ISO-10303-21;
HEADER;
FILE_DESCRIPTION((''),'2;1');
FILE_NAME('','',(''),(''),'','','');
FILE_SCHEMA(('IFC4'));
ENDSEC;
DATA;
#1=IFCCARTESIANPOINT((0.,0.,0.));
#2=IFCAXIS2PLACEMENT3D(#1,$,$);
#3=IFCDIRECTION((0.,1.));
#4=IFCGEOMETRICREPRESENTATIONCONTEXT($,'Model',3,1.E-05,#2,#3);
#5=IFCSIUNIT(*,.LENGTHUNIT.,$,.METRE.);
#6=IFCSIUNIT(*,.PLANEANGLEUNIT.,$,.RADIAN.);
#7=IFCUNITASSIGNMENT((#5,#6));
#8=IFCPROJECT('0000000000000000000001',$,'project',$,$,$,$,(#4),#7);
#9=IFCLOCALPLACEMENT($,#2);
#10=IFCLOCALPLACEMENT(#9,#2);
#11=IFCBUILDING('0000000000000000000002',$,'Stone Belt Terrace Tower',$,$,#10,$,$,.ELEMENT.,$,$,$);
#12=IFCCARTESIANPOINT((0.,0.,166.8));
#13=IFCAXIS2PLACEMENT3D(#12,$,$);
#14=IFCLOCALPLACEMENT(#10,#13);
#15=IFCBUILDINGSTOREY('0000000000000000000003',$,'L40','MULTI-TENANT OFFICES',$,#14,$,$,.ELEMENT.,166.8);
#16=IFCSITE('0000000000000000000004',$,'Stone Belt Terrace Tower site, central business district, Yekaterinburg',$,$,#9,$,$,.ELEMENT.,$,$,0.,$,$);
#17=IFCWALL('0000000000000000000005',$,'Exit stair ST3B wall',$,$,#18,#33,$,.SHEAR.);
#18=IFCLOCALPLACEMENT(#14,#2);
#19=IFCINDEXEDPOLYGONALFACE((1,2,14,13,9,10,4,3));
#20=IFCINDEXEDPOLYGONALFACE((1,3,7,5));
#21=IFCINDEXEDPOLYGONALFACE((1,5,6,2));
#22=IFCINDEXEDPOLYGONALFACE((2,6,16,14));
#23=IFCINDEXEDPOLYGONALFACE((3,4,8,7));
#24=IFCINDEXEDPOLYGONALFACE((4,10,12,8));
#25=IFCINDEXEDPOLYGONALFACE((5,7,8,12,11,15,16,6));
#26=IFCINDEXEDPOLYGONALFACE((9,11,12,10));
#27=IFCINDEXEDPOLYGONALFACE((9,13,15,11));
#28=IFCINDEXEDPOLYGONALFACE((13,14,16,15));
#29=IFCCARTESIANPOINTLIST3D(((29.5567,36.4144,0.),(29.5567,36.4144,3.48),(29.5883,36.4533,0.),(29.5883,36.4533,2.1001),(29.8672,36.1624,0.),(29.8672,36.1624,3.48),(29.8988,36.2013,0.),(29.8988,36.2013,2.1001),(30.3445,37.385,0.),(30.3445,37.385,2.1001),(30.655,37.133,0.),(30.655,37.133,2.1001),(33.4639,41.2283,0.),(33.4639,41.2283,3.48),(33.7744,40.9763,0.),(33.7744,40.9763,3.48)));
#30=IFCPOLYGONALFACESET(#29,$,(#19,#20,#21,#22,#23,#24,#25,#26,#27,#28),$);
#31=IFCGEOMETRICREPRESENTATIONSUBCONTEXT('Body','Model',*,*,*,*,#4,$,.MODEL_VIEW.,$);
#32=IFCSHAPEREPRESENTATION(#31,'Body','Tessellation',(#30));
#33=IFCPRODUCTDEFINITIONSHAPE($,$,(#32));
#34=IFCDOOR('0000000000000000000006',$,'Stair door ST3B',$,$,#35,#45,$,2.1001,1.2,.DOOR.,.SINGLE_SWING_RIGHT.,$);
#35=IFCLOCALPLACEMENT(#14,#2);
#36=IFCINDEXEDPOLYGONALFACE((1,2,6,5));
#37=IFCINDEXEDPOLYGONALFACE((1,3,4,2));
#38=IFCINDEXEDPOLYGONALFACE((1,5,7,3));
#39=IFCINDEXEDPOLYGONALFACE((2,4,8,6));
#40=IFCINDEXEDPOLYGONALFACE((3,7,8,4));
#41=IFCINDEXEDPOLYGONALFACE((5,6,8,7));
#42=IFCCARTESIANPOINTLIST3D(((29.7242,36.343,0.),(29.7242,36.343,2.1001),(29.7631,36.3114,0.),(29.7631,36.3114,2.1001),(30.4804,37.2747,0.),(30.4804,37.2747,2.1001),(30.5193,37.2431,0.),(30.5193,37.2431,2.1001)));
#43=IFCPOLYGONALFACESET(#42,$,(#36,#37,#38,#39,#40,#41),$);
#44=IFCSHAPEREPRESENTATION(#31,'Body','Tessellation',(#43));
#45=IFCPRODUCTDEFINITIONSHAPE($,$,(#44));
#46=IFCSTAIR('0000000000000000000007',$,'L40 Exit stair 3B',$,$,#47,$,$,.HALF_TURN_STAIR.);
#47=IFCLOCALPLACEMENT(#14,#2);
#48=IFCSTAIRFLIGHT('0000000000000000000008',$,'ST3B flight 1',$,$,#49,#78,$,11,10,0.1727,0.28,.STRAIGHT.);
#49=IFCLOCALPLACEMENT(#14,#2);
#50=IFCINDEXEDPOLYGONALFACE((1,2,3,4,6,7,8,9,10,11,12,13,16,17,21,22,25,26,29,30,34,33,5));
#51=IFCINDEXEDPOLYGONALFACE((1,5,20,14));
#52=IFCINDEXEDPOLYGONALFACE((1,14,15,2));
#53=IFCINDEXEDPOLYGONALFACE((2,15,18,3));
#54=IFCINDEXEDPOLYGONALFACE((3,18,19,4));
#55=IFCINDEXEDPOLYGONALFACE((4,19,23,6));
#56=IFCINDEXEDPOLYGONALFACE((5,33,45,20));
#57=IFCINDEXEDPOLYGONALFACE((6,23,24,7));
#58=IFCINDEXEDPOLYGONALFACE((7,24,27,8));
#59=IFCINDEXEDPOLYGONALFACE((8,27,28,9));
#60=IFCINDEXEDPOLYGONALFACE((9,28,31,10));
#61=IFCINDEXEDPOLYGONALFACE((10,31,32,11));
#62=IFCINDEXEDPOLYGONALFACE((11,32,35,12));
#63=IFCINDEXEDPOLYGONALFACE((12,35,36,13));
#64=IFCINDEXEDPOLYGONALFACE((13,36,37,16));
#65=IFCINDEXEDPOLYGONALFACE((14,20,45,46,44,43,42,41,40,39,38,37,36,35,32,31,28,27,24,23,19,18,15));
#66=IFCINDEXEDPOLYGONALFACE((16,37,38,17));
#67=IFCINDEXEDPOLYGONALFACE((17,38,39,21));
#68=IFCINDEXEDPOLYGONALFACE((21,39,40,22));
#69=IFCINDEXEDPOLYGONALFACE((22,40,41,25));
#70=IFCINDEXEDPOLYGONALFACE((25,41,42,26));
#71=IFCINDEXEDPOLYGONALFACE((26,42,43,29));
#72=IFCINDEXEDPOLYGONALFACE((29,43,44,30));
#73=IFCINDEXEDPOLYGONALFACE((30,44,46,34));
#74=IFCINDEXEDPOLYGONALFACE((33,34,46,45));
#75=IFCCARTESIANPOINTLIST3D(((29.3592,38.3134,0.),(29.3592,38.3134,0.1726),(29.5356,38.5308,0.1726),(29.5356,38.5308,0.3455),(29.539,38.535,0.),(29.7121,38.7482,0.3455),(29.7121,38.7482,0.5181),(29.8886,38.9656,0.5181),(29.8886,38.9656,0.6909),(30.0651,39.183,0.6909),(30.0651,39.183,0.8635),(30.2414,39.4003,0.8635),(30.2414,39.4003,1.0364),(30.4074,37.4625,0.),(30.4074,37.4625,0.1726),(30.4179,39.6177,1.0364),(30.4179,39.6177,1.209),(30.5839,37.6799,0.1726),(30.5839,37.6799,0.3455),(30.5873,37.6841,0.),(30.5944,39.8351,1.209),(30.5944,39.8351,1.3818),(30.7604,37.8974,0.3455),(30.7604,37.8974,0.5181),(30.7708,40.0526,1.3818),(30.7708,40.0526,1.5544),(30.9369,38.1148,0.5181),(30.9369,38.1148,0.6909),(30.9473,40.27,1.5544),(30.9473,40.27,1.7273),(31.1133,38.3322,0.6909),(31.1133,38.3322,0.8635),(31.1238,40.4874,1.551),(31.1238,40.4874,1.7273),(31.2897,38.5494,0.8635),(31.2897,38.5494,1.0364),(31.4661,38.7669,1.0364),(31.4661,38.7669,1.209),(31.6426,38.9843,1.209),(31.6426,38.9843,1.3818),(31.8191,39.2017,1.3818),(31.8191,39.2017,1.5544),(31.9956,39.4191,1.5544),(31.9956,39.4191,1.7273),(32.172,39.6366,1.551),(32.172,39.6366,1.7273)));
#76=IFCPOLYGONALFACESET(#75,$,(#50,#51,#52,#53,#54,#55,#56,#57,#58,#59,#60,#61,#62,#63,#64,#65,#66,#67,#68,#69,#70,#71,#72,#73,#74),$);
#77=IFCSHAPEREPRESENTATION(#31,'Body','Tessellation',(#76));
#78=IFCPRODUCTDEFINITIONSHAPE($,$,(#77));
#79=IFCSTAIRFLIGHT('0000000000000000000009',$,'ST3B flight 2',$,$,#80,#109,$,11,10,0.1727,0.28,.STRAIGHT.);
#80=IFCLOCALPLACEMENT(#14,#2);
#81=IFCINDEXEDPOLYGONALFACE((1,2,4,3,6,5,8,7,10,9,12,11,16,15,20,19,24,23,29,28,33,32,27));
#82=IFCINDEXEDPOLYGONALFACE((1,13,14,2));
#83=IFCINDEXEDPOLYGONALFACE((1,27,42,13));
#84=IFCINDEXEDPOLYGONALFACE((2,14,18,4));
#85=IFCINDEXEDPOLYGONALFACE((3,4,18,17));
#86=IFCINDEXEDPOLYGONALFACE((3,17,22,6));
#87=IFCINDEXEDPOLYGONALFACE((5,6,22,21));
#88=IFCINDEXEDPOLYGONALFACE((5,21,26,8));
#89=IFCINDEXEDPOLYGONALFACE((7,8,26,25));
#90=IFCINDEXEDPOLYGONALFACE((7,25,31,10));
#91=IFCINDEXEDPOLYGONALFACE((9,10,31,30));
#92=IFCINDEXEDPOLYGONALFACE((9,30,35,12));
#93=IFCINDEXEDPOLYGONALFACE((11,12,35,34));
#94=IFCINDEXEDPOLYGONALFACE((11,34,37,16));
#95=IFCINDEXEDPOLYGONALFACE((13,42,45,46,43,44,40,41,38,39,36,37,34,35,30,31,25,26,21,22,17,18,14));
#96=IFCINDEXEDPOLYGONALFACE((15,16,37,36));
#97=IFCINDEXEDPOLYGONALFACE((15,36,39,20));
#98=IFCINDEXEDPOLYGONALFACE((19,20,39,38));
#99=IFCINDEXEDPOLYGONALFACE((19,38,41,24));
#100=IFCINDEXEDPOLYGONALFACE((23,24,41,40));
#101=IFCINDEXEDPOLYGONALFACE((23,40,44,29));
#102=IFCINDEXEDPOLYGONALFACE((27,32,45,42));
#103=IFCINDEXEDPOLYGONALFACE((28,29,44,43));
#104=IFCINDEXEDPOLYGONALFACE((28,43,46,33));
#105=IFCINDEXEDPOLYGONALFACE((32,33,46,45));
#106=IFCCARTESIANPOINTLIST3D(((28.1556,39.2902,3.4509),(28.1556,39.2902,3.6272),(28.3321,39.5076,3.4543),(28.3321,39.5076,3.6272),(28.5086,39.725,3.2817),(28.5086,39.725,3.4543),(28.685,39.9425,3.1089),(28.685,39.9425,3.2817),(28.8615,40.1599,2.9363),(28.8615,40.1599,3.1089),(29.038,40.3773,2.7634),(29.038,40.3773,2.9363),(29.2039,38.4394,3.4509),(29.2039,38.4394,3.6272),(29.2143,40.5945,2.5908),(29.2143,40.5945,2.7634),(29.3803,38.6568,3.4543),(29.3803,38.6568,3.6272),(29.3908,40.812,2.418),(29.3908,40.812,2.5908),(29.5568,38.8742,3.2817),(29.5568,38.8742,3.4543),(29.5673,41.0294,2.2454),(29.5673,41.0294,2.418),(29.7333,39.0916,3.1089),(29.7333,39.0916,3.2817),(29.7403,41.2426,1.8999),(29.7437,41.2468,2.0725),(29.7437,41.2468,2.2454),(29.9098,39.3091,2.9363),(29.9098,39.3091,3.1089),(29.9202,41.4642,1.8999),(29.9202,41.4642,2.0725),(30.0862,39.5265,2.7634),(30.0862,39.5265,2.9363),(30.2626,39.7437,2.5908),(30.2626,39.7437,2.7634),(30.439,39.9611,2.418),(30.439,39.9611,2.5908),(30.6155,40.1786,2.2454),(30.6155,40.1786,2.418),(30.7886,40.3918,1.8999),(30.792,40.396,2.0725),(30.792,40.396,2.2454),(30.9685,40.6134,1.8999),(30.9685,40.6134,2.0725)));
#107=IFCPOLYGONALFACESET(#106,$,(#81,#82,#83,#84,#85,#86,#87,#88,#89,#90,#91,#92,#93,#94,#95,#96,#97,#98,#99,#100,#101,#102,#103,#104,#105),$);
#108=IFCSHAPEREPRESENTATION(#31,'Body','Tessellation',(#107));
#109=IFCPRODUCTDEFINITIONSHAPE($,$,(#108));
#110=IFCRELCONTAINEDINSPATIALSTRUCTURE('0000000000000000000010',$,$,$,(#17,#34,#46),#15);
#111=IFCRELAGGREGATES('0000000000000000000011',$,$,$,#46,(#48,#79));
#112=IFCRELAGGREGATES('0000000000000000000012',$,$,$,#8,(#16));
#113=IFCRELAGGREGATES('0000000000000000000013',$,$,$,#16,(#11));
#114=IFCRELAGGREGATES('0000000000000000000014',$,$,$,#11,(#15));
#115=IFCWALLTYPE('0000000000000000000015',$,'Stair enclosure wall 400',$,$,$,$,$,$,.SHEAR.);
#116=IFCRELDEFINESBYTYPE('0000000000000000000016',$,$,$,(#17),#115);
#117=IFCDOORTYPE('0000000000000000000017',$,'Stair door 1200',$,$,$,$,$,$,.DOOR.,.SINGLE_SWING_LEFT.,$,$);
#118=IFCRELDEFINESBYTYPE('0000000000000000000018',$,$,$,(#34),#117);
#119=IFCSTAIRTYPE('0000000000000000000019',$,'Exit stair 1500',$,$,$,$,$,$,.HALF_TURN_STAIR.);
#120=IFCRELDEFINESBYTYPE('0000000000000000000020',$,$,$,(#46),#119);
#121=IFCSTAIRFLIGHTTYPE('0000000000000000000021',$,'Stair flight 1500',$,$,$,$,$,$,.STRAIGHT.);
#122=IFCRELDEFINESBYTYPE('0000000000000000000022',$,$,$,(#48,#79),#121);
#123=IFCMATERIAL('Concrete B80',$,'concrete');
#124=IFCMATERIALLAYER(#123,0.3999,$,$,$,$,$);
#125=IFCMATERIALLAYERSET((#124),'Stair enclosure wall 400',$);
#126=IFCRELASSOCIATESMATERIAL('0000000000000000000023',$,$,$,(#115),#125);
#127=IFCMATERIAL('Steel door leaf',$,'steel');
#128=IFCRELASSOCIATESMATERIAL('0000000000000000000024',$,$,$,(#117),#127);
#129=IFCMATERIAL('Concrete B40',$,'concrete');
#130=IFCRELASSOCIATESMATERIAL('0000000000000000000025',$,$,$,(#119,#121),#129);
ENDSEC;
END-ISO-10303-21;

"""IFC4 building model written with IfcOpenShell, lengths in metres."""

from ifc_helpers import new_model, si_unit, direction, frame, frame_2d, origin, place, context, subcontext, project, spatial, polyline, rectangle, outline, extrude, material, layer, layer_set, type_object, element, fill, aggregate, save


model = new_model("IFC4")

# Units and contexts
model_context = context("Model", 3, precision=1e-05, world=origin(), true_north=direction((0.0, 1.0)))
body_context = subcontext(model_context, "Body", "Model", "MODEL_VIEW")
ifc_project = project(units=[si_unit("LENGTHUNIT", "METRE"), si_unit("PLANEANGLEUNIT", "RADIAN")], contexts=[model_context])

# Site, building, storey
site_placement = place(None, origin())
site = spatial("IfcSite", under=ifc_project, at=site_placement, Name="Stone Belt Terrace Tower site, central business district, Yekaterinburg", CompositionType="ELEMENT", RefElevation=0.0)
building_placement = place(site_placement, origin())
building = spatial("IfcBuilding", under=site, at=building_placement, Name="Stone Belt Terrace Tower", CompositionType="ELEMENT")
storey_placement = place(building_placement, frame((0.0, 0.0, 166.8)))
storey = spatial("IfcBuildingStorey", under=building, at=storey_placement, Name="L40", Description="MULTI-TENANT OFFICES", CompositionType="ELEMENT", Elevation=166.8)

# Shared definitions
ifc_material_1 = material(Name="Concrete B80", Category="concrete")

# Shared definitions
ifc_material_2 = material(Name="Concrete B40", Category="concrete")

# Shared definitions
ifc_layer_1 = layer(ifc_material_1, 0.3999)
ifc_layer_set_1 = layer_set([ifc_layer_1], Name="Stair enclosure wall 400")
wall_type_1 = type_object("IfcWallType", Name="Stair enclosure wall 400", PredefinedType="SHEAR", material=ifc_layer_set_1)

# Wall, opening, door
wall_1_placement = place(storey_placement, frame((29.7119, 36.2883, 0.0), z_axis=(0.0, 0.0, 1.0), x_axis=(0.630192, 0.776439, 0.0)))
wall_1 = element("IfcWall", 1, at=wall_1_placement, inside=storey, type_object=wall_type_1, Name="Exit stair ST3B wall", PredefinedType="SHEAR", context=body_context, shape_type="SweptSolid", body=[
    extrude(rectangle(XDim=6.2, YDim=0.3999, at=frame_2d((3.1001, 0.0))), origin(), (0.0, 0.0, 1.0), 3.48),
])
opening_1_placement = place(wall_1_placement, frame((0.05, 0.0, 0.0)))
opening_1 = element("IfcOpeningElement", 2, at=opening_1_placement, cuts=wall_1, PredefinedType="OPENING", context=body_context, shape_type="SweptSolid", body=[
    extrude(rectangle(XDim=1.2, YDim=2.1001, at=frame_2d((0.6001, 1.05))), frame((0.0, 0.21, 0.0), z_axis=(0.0, -1.0, 0.0), x_axis=(1.0, 0.0, 0.0)), (0.0, 0.0, 1.0), 0.4199),
])
ifc_material_3 = material(Name="Steel door leaf", Category="steel")
door_type_1 = type_object("IfcDoorType", Name="Stair door 1200", OperationType="SINGLE_SWING_LEFT", PredefinedType="DOOR", material=ifc_material_3)
door_1_placement = place(opening_1_placement, origin())
door_1 = element("IfcDoor", 3, at=door_1_placement, inside=storey, type_object=door_type_1, Name="Stair door ST3B", OperationType="SINGLE_SWING_RIGHT", OverallHeight=2.1001, OverallWidth=1.2, PredefinedType="DOOR", context=body_context, shape_type="SweptSolid", body=[
    extrude(rectangle(XDim=1.2, YDim=2.1001, at=frame_2d((0.6001, 1.05))), frame((0.0, 0.0249, 0.0), z_axis=(0.0, -1.0, 0.0), x_axis=(1.0, 0.0, 0.0)), (0.0, 0.0, 1.0), 0.05),
])
fill(opening_1, door_1)

# Stair, stair flights
stair_type = type_object("IfcStairType", Name="Exit stair 1500", PredefinedType="HALF_TURN_STAIR", material=ifc_material_2)
stair_placement = place(storey_placement, origin())
stair = element("IfcStair", 4, at=stair_placement, inside=storey, type_object=stair_type, Name="L40 Exit stair 3B", PredefinedType="HALF_TURN_STAIR")
stair_flight_type = type_object("IfcStairFlightType", Name="Stair flight 1500", PredefinedType="STRAIGHT", material=ifc_material_2)
stair_flight_1_placement = place(storey_placement, frame((29.8833, 37.8879, 0.0), z_axis=(0.0, 0.0, 1.0), x_axis=(0.630206, 0.776428, 0.0)))
stair_flight_1 = element("IfcStairFlight", 5, at=stair_flight_1_placement, type_object=stair_flight_type, Name="ST3B flight 1", NumberOfRisers=11, NumberOfTreads=10, PredefinedType="STRAIGHT", RiserHeight=0.1727, TreadLength=0.28, context=body_context, shape_type="SweptSolid", body=[
    extrude(outline(polyline([(0.0, 0.0), (0.0, 0.1726), (0.28, 0.1726), (0.28, 0.3455), (0.5601, 0.3455), (0.5601, 0.5181), (0.8401, 0.5181), (0.8401, 0.6909), (1.1201, 0.6909), (1.1201, 0.8635), (1.3999, 0.8635), (1.3999, 1.0364), (1.6799, 1.0364), (1.6799, 1.209), (1.96, 1.209), (1.96, 1.3818), (2.24, 1.3818), (2.24, 1.5544), (2.52, 1.5544), (2.52, 1.7273), (2.8, 1.7273), (2.8, 1.8999), (2.8, 1.551), (0.2854, 0.0), (0.0, 0.0)])), frame((0.0, 0.675, 0.0), z_axis=(0.0, -1.0, 0.0), x_axis=(1.0, 0.0, 0.0)), (0.0, 0.0, 1.0), 1.3501),
])
stair_flight_2_placement = place(storey_placement, frame((30.4443, 41.0388, 1.8999), z_axis=(0.0, 0.0, 1.0), x_axis=(-0.630206, -0.776428, 0.0)))
stair_flight_2 = element("IfcStairFlight", 6, at=stair_flight_2_placement, type_object=stair_flight_type, Name="ST3B flight 2", NumberOfRisers=11, NumberOfTreads=10, PredefinedType="STRAIGHT", RiserHeight=0.1727, TreadLength=0.28, context=body_context, shape_type="SweptSolid", body=[
    extrude(outline(polyline([(0.0, 0.0), (0.0, 0.1726), (0.28, 0.1726), (0.28, 0.3455), (0.5601, 0.3455), (0.5601, 0.5181), (0.8401, 0.5181), (0.8401, 0.6909), (1.1201, 0.6909), (1.1201, 0.8635), (1.3999, 0.8635), (1.3999, 1.0364), (1.6799, 1.0364), (1.6799, 1.209), (1.96, 1.209), (1.96, 1.3818), (2.24, 1.3818), (2.24, 1.5544), (2.52, 1.5544), (2.52, 1.7273), (2.8, 1.7273), (2.8, 1.8999), (2.8, 1.551), (0.2854, 0.0), (0.0, 0.0)])), frame((0.0, 0.675, 0.0), z_axis=(0.0, -1.0, 0.0), x_axis=(1.0, 0.0, 0.0)), (0.0, 0.0, 1.0), 1.3501),
])
aggregate(stair, [stair_flight_1, stair_flight_2])

save(model, "model.ifc")
